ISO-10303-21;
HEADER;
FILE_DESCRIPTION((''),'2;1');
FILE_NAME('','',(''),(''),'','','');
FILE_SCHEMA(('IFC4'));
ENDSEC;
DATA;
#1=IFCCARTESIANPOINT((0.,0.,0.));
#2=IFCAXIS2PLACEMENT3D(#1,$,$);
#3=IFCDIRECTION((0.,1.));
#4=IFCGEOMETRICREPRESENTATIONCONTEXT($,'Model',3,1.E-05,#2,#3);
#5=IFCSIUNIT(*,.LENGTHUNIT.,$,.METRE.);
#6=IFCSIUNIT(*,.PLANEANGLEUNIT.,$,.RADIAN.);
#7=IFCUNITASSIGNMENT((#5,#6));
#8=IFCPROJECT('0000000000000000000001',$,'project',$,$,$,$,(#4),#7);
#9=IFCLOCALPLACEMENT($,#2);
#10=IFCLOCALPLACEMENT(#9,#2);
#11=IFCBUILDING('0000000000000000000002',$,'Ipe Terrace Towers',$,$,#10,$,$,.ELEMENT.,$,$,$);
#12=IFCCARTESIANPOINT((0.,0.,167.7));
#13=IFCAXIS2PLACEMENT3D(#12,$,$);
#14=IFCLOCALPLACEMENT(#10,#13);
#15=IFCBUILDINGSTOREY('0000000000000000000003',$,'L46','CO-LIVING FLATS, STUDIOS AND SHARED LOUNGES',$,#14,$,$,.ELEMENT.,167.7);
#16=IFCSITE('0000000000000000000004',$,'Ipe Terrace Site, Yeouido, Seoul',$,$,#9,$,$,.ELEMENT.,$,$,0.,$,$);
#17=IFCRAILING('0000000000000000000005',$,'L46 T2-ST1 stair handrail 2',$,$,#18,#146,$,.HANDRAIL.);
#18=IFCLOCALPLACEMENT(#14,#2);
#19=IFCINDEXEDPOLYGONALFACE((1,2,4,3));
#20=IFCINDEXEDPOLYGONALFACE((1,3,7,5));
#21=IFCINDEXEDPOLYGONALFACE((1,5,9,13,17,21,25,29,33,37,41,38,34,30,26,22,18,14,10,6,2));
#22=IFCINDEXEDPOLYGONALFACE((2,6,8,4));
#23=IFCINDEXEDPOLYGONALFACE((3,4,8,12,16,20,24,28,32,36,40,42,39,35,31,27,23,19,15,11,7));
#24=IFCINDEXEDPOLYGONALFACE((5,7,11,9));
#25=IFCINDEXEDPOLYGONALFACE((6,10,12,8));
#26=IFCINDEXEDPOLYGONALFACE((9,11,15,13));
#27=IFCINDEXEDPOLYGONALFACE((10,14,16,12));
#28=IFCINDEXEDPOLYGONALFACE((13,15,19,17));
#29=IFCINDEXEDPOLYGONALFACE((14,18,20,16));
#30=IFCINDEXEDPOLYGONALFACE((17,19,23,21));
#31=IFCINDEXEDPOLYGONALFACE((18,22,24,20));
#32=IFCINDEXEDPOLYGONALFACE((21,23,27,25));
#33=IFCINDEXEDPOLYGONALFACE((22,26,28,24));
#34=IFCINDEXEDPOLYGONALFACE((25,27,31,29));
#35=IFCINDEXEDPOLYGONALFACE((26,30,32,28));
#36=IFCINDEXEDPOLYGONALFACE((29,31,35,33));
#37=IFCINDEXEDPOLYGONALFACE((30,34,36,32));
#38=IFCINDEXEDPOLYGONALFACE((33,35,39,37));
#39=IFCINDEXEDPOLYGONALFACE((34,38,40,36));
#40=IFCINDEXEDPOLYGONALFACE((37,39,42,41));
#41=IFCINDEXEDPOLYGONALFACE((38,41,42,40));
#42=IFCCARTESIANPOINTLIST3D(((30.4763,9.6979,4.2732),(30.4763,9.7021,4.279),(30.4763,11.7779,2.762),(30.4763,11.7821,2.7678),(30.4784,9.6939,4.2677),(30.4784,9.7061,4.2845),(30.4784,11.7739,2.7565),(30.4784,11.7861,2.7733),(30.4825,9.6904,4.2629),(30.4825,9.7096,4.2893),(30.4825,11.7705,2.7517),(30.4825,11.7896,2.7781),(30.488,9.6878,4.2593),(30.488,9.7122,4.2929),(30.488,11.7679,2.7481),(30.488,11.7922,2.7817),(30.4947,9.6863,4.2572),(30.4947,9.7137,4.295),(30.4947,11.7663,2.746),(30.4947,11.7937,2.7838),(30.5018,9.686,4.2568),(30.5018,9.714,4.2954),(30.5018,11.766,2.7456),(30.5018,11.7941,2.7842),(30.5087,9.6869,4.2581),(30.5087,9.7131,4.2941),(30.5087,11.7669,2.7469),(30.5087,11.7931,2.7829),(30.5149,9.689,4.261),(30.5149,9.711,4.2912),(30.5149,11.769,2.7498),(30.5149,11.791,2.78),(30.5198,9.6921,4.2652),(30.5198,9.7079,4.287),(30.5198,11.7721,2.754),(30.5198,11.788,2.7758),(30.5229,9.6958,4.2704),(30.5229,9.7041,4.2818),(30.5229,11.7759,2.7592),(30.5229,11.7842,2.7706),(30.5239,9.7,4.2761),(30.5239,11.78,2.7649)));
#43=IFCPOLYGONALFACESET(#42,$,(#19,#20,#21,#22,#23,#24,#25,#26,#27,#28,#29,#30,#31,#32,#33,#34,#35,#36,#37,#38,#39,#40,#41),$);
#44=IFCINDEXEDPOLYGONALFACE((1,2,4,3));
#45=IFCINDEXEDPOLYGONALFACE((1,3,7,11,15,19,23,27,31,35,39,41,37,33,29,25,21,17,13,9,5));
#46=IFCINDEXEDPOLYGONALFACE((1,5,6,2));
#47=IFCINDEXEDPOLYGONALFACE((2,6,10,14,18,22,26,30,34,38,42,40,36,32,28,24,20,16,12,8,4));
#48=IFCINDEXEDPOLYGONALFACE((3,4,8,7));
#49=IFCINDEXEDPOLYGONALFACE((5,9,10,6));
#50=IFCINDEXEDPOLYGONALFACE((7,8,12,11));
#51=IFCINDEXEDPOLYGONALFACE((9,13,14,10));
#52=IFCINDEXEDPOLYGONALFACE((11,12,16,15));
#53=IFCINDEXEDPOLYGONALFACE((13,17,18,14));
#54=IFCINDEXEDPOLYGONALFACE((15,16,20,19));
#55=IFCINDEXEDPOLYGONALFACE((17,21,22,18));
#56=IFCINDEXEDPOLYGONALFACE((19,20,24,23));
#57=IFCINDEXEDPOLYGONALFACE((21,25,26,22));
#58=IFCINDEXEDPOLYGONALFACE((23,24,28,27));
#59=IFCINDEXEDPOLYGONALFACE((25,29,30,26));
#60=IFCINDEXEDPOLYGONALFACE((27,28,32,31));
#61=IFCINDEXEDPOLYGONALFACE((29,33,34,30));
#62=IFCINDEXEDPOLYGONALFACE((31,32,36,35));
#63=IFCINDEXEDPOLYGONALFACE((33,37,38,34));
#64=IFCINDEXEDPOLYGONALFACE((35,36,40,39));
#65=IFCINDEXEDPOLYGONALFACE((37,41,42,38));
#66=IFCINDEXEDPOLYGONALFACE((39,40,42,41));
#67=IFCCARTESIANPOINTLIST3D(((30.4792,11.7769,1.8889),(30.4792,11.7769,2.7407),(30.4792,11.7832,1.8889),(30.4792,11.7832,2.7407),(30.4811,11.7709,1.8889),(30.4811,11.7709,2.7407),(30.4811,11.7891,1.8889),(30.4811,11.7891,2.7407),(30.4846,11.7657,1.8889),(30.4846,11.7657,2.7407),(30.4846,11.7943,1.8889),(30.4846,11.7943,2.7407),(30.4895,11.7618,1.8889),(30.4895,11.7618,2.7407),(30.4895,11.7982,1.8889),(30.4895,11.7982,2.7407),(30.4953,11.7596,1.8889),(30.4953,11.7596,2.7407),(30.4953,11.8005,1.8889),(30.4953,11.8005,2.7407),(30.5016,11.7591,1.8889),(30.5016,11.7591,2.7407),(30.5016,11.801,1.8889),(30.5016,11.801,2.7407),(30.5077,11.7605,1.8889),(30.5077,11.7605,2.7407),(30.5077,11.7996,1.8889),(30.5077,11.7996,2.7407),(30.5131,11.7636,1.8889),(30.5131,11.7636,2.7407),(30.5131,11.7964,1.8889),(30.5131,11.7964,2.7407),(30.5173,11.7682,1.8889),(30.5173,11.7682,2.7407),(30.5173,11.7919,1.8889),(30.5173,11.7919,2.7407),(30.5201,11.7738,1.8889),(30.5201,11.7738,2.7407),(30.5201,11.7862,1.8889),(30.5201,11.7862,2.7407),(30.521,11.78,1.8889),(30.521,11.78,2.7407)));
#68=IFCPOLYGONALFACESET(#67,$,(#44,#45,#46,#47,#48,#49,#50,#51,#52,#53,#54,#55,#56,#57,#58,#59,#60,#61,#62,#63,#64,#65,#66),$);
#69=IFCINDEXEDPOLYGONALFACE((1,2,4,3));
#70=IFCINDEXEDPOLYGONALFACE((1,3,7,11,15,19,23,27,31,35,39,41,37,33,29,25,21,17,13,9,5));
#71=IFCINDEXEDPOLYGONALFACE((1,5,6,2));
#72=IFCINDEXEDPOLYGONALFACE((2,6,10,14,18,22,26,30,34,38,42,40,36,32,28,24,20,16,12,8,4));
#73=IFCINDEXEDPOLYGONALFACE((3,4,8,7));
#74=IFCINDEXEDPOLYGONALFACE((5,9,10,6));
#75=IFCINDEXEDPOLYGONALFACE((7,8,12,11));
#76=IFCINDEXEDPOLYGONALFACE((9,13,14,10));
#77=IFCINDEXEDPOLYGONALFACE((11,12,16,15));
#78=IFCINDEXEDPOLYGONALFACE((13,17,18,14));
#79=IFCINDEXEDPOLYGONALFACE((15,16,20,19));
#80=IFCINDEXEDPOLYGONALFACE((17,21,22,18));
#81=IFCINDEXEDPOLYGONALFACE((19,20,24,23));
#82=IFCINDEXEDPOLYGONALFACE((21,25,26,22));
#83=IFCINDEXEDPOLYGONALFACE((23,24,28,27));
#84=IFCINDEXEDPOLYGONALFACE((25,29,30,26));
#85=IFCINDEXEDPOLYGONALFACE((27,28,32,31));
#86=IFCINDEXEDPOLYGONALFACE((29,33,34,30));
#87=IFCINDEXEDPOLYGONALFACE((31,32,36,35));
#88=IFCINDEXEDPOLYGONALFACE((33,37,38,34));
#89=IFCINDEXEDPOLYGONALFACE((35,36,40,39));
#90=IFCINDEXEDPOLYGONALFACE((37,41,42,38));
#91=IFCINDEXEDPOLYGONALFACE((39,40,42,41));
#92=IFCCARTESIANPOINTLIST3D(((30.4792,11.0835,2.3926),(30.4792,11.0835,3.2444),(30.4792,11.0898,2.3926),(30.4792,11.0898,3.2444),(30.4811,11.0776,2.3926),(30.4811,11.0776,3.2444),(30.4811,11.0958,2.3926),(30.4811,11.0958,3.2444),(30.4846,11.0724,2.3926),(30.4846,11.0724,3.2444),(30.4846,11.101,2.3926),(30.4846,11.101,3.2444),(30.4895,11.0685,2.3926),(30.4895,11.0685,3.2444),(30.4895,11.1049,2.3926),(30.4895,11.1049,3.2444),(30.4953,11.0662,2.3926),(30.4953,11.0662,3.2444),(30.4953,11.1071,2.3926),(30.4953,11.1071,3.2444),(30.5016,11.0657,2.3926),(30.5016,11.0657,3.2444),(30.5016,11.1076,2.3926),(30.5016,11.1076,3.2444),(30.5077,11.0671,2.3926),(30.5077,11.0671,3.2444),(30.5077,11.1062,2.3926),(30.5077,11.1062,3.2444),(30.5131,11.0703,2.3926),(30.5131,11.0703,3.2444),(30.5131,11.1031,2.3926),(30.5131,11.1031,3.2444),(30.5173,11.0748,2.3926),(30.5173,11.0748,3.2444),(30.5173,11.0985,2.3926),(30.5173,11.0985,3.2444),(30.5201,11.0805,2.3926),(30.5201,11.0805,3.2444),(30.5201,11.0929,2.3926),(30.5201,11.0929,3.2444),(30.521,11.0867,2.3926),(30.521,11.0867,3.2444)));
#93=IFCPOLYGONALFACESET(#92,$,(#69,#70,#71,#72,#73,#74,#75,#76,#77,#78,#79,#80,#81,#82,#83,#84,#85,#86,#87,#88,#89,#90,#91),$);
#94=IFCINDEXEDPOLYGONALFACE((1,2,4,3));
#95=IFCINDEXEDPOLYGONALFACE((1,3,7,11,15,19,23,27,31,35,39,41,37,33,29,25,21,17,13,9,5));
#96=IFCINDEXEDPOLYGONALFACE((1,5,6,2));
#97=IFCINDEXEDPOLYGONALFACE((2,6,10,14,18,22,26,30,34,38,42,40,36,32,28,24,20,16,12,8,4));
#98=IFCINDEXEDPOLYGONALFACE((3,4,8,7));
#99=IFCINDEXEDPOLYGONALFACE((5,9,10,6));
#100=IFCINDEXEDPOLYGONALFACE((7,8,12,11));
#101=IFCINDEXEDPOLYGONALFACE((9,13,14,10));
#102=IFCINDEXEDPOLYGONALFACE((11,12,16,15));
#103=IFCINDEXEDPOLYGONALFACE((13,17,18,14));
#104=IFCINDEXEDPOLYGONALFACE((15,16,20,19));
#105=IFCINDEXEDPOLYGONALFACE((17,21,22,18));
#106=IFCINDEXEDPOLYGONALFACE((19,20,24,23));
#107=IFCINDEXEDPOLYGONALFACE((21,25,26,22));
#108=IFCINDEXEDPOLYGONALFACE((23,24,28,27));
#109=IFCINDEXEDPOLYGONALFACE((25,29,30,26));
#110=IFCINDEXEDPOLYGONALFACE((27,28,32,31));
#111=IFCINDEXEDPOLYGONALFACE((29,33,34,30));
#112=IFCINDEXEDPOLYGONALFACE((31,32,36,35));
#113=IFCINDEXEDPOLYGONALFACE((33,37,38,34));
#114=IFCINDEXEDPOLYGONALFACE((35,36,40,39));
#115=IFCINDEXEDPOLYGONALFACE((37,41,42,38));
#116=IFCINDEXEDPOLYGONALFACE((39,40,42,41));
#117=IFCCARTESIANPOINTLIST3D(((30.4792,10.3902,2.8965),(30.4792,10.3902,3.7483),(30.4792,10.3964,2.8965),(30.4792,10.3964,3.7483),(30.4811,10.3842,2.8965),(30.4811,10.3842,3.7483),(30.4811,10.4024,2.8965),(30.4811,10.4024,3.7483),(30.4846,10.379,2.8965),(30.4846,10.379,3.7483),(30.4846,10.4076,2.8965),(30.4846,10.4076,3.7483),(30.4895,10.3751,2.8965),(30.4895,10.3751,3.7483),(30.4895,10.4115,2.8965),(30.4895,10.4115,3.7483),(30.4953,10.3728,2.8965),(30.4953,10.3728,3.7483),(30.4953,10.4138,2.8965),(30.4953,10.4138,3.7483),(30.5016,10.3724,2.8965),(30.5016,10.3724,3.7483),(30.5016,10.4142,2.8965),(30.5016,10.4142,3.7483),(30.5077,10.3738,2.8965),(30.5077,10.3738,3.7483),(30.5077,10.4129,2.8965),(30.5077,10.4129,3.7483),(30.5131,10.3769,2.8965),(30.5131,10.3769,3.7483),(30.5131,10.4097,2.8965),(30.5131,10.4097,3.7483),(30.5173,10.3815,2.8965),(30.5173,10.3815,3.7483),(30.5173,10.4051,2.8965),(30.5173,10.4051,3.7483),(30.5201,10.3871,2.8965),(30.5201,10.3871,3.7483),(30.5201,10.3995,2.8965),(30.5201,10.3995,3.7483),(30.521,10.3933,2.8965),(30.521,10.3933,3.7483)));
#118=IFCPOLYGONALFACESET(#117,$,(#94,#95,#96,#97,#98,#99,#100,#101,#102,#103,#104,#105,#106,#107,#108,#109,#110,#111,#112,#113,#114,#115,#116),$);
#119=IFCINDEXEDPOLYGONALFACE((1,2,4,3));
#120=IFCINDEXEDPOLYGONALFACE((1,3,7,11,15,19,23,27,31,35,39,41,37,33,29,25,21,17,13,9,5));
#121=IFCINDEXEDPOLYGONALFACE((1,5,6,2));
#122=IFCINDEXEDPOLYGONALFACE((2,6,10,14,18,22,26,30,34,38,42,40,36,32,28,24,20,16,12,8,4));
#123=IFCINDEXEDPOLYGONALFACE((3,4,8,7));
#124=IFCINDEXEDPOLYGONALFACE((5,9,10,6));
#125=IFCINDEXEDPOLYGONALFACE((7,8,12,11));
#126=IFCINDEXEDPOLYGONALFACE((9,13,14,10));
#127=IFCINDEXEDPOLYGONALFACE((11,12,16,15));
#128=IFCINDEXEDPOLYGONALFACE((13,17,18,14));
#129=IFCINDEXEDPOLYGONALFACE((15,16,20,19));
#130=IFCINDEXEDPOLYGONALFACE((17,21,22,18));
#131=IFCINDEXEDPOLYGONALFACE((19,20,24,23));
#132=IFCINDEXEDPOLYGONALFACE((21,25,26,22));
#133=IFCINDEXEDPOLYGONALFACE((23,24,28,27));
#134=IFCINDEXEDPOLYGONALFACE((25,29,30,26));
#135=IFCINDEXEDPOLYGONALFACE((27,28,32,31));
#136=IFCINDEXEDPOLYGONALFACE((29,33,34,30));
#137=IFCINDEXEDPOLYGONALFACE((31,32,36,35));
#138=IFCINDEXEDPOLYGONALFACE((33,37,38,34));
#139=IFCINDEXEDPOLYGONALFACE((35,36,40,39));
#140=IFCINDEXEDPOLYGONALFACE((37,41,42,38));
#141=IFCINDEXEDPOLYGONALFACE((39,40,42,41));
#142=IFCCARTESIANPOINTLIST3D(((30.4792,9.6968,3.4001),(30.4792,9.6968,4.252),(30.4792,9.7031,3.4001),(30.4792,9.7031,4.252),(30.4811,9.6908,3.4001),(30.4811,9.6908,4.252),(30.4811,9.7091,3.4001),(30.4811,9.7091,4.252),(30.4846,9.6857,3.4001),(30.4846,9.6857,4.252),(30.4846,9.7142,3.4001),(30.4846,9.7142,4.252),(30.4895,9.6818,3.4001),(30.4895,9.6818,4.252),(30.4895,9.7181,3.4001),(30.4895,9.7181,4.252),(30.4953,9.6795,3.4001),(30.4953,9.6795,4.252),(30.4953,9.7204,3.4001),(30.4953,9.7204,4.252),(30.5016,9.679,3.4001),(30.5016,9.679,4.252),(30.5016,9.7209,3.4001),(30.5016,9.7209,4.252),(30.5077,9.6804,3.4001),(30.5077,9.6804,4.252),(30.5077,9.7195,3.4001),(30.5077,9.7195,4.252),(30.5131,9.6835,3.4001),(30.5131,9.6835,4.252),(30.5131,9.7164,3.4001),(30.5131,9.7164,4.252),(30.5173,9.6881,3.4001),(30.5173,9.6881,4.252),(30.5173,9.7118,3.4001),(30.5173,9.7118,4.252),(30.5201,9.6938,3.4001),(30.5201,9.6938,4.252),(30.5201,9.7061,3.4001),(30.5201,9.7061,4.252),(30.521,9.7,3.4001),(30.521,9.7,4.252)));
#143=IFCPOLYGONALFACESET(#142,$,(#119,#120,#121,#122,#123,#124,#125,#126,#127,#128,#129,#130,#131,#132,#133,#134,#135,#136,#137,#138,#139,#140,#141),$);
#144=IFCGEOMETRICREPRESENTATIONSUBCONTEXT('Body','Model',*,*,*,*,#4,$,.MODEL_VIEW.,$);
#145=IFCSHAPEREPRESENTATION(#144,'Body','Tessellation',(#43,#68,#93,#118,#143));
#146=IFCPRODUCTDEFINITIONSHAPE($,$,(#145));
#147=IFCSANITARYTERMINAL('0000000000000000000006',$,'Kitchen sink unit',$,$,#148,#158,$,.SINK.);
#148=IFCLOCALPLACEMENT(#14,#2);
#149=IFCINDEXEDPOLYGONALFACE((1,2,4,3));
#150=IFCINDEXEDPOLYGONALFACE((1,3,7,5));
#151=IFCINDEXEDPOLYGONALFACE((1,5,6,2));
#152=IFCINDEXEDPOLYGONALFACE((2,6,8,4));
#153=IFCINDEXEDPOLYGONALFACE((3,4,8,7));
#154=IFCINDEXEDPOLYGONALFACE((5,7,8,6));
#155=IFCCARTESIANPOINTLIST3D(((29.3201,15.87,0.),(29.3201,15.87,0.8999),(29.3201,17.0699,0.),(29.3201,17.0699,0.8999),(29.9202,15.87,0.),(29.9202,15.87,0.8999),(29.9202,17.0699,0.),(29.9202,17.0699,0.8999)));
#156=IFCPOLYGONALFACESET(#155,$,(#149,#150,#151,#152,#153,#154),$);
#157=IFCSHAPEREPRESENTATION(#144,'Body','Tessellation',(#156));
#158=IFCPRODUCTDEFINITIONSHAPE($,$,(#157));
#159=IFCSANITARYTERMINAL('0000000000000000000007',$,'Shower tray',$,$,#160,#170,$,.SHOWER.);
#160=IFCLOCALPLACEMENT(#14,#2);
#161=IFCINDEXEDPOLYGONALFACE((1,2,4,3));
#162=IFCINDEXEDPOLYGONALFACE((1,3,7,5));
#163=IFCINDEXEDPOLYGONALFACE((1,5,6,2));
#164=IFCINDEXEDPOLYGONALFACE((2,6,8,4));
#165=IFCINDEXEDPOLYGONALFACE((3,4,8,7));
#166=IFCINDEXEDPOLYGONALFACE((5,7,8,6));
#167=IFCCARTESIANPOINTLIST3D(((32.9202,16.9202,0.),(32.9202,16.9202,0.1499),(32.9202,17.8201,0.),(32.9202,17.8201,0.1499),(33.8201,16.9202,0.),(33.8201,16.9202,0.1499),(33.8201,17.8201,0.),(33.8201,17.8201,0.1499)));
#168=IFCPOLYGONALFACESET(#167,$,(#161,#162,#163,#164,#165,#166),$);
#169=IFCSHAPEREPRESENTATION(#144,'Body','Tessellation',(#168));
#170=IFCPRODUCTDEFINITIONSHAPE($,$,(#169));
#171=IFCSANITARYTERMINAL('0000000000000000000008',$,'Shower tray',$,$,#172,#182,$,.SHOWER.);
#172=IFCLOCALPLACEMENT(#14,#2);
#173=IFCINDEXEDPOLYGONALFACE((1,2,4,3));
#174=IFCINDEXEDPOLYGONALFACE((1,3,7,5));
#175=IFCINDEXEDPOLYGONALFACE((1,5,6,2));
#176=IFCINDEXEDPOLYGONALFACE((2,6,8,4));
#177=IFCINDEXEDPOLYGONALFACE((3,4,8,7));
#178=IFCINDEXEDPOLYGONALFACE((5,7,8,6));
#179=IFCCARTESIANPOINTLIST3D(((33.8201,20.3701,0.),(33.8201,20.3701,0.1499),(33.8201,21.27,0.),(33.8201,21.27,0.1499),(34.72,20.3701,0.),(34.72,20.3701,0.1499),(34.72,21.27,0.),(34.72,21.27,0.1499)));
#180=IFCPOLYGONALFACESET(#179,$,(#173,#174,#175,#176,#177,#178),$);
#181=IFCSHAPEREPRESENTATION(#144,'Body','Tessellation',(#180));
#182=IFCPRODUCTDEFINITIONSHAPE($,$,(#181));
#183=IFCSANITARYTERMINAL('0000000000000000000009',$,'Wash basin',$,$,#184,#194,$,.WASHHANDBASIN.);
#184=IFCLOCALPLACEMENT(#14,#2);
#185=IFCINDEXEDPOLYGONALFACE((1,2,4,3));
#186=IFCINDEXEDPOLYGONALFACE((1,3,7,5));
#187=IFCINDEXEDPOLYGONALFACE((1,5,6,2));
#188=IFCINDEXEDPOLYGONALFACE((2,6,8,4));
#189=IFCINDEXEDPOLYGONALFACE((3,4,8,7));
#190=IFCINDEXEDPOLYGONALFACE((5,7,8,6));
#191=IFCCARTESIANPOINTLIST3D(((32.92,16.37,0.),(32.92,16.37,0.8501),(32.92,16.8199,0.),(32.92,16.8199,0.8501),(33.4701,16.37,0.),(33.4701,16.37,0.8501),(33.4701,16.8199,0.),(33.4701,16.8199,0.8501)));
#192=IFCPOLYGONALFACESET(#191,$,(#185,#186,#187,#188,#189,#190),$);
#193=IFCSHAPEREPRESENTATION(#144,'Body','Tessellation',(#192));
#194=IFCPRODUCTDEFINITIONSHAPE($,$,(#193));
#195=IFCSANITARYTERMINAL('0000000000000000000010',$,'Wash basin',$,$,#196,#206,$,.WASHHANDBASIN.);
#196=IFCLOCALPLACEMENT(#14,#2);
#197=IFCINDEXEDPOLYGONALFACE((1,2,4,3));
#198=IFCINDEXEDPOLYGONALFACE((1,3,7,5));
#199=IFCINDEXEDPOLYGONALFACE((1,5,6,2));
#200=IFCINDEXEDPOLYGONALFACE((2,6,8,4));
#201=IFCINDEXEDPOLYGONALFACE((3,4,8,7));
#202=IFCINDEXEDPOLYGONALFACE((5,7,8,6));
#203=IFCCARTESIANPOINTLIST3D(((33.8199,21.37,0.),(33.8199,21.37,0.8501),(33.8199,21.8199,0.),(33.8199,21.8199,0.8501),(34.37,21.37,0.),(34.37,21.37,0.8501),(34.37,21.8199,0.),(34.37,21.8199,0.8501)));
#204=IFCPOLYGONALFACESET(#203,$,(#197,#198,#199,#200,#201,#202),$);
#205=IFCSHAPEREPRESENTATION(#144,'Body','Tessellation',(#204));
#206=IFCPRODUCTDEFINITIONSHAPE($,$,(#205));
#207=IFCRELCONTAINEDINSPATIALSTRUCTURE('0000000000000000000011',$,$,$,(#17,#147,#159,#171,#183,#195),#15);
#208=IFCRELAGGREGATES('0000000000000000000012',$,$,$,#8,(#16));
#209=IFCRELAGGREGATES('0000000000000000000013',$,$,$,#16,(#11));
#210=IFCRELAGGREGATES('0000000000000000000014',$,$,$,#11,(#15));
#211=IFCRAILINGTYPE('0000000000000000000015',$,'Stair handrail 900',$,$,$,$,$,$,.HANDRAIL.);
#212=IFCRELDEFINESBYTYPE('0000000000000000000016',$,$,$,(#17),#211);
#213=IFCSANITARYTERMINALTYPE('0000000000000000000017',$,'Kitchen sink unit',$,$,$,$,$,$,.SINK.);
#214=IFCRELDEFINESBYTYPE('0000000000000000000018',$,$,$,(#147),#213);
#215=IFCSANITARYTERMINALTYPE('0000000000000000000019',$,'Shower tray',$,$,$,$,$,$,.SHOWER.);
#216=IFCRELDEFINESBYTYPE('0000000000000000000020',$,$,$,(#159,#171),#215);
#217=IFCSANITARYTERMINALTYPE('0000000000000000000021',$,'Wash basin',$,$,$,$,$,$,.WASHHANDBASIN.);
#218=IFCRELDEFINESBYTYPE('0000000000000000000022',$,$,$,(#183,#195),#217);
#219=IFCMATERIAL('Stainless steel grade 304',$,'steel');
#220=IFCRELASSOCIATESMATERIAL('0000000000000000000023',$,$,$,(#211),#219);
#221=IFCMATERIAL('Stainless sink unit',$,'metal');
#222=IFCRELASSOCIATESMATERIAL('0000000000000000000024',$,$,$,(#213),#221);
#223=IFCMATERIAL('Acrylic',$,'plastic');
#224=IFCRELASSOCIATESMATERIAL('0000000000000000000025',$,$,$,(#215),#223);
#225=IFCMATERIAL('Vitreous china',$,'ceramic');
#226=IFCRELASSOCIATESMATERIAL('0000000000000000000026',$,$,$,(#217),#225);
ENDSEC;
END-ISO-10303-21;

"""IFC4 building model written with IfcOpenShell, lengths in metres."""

from ifc_helpers import new_model, si_unit, direction, frame, origin, origin_2d, place, context, subcontext, project, spatial, rectangle, circle, extrude, material, type_object, element, save


model = new_model("IFC4")

# Units and contexts
model_context = context("Model", 3, precision=1e-05, world=origin(), true_north=direction((0.0, 1.0)))
body_context = subcontext(model_context, "Body", "Model", "MODEL_VIEW")
ifc_project = project(units=[si_unit("LENGTHUNIT", "METRE"), si_unit("PLANEANGLEUNIT", "RADIAN")], contexts=[model_context])

# Site, building, storey
site_placement = place(None, origin())
site = spatial("IfcSite", under=ifc_project, at=site_placement, Name="Ipe Terrace Site, Yeouido, Seoul", CompositionType="ELEMENT", RefElevation=0.0)
building_placement = place(site_placement, origin())
building = spatial("IfcBuilding", under=site, at=building_placement, Name="Ipe Terrace Towers", CompositionType="ELEMENT")
storey_placement = place(building_placement, frame((0.0, 0.0, 167.7)))
storey = spatial("IfcBuildingStorey", under=building, at=storey_placement, Name="L46", Description="CO-LIVING FLATS, STUDIOS AND SHARED LOUNGES", CompositionType="ELEMENT", Elevation=167.7)

# Railing
ifc_material_1 = material(Name="Stainless steel grade 304", Category="steel")
railing_type_1 = type_object("IfcRailingType", Name="Stair handrail 900", PredefinedType="HANDRAIL", material=ifc_material_1)
railing_1_placement = place(storey_placement, frame((30.5, 11.78, 1.8889)))
element("IfcRailing", 1, at=railing_1_placement, inside=storey, type_object=railing_type_1, Name="L46 T2-ST1 stair handrail 2", PredefinedType="HANDRAIL", context=body_context, shape_type="SweptSolid", body=[
    extrude(circle(Radius=0.0239, at=origin_2d()), frame((0.0, 0.0, 0.876), z_axis=(0.0, -0.809023, 0.587776), x_axis=(1.0, 0.0, 0.0)), (0.0, 0.0, 1.0), 2.571),
    extrude(circle(Radius=0.021, at=origin_2d()), origin(), (0.0, 0.0, 1.0), 0.8518),
    extrude(circle(Radius=0.021, at=origin_2d()), frame((0.0, -0.6934, 0.5037)), (0.0, 0.0, 1.0), 0.8518),
    extrude(circle(Radius=0.021, at=origin_2d()), frame((0.0, -1.3867, 1.0076)), (0.0, 0.0, 1.0), 0.8518),
    extrude(circle(Radius=0.021, at=origin_2d()), frame((0.0, -2.0801, 1.5112)), (0.0, 0.0, 1.0), 0.8518),
])

# Sanitary terminals
ifc_material_2 = material(Name="Stainless sink unit", Category="metal")
sanitary_terminal_type_1 = type_object("IfcSanitaryTerminalType", Name="Kitchen sink unit", PredefinedType="SINK", material=ifc_material_2)
sanitary_terminal_1_placement = place(storey_placement, frame((29.6201, 16.47, 0.0), z_axis=(0.0, 0.0, 1.0), x_axis=(0.0, 1.0, 0.0)))
element("IfcSanitaryTerminal", 2, at=sanitary_terminal_1_placement, inside=storey, type_object=sanitary_terminal_type_1, Name="Kitchen sink unit", PredefinedType="SINK", context=body_context, shape_type="SweptSolid", body=[
    extrude(rectangle(XDim=1.2, YDim=0.6001, at=origin_2d()), origin(), (0.0, 0.0, 1.0), 0.8999),
])
ifc_material_3 = material(Name="Acrylic", Category="plastic")
sanitary_terminal_type_2 = type_object("IfcSanitaryTerminalType", Name="Shower tray", PredefinedType="SHOWER", material=ifc_material_3)
for number, where, z_axis, x_axis, name in (
    (3, (33.3701, 17.3701, 0.0), (0.0, 0.0, 1.0), (1.0, 0.0, 0.0), "Shower tray"),
    (4, (34.27, 20.8201, 0.0), (0.0, 0.0, 1.0), (1.0, 0.0, 0.0), "Shower tray"),
):
    element("IfcSanitaryTerminal", number, at=place(storey_placement, frame(where, z_axis=z_axis, x_axis=x_axis)), inside=storey, type_object=sanitary_terminal_type_2, Name=name, PredefinedType="SHOWER", context=body_context, shape_type="SweptSolid", body=[
        extrude(rectangle(XDim=0.8999, YDim=0.8999, at=origin_2d()), origin(), (0.0, 0.0, 1.0), 0.1499),
    ])
ifc_material_4 = material(Name="Vitreous china", Category="ceramic")
sanitary_terminal_type_3 = type_object("IfcSanitaryTerminalType", Name="Wash basin", PredefinedType="WASHHANDBASIN", material=ifc_material_4)
for number, where, z_axis, x_axis, name in (
    (5, (33.1951, 16.595, 0.0), (0.0, 0.0, 1.0), (1.0, 0.0, 0.0), "Wash basin"),
    (6, (34.095, 21.595, 0.0), (0.0, 0.0, 1.0), (1.0, 0.0, 0.0), "Wash basin"),
):
    element("IfcSanitaryTerminal", number, at=place(storey_placement, frame(where, z_axis=z_axis, x_axis=x_axis)), inside=storey, type_object=sanitary_terminal_type_3, Name=name, PredefinedType="WASHHANDBASIN", context=body_context, shape_type="SweptSolid", body=[
        extrude(rectangle(XDim=0.55, YDim=0.45, at=origin_2d()), origin(), (0.0, 0.0, 1.0), 0.8501),
    ])

save(model, "model.ifc")
